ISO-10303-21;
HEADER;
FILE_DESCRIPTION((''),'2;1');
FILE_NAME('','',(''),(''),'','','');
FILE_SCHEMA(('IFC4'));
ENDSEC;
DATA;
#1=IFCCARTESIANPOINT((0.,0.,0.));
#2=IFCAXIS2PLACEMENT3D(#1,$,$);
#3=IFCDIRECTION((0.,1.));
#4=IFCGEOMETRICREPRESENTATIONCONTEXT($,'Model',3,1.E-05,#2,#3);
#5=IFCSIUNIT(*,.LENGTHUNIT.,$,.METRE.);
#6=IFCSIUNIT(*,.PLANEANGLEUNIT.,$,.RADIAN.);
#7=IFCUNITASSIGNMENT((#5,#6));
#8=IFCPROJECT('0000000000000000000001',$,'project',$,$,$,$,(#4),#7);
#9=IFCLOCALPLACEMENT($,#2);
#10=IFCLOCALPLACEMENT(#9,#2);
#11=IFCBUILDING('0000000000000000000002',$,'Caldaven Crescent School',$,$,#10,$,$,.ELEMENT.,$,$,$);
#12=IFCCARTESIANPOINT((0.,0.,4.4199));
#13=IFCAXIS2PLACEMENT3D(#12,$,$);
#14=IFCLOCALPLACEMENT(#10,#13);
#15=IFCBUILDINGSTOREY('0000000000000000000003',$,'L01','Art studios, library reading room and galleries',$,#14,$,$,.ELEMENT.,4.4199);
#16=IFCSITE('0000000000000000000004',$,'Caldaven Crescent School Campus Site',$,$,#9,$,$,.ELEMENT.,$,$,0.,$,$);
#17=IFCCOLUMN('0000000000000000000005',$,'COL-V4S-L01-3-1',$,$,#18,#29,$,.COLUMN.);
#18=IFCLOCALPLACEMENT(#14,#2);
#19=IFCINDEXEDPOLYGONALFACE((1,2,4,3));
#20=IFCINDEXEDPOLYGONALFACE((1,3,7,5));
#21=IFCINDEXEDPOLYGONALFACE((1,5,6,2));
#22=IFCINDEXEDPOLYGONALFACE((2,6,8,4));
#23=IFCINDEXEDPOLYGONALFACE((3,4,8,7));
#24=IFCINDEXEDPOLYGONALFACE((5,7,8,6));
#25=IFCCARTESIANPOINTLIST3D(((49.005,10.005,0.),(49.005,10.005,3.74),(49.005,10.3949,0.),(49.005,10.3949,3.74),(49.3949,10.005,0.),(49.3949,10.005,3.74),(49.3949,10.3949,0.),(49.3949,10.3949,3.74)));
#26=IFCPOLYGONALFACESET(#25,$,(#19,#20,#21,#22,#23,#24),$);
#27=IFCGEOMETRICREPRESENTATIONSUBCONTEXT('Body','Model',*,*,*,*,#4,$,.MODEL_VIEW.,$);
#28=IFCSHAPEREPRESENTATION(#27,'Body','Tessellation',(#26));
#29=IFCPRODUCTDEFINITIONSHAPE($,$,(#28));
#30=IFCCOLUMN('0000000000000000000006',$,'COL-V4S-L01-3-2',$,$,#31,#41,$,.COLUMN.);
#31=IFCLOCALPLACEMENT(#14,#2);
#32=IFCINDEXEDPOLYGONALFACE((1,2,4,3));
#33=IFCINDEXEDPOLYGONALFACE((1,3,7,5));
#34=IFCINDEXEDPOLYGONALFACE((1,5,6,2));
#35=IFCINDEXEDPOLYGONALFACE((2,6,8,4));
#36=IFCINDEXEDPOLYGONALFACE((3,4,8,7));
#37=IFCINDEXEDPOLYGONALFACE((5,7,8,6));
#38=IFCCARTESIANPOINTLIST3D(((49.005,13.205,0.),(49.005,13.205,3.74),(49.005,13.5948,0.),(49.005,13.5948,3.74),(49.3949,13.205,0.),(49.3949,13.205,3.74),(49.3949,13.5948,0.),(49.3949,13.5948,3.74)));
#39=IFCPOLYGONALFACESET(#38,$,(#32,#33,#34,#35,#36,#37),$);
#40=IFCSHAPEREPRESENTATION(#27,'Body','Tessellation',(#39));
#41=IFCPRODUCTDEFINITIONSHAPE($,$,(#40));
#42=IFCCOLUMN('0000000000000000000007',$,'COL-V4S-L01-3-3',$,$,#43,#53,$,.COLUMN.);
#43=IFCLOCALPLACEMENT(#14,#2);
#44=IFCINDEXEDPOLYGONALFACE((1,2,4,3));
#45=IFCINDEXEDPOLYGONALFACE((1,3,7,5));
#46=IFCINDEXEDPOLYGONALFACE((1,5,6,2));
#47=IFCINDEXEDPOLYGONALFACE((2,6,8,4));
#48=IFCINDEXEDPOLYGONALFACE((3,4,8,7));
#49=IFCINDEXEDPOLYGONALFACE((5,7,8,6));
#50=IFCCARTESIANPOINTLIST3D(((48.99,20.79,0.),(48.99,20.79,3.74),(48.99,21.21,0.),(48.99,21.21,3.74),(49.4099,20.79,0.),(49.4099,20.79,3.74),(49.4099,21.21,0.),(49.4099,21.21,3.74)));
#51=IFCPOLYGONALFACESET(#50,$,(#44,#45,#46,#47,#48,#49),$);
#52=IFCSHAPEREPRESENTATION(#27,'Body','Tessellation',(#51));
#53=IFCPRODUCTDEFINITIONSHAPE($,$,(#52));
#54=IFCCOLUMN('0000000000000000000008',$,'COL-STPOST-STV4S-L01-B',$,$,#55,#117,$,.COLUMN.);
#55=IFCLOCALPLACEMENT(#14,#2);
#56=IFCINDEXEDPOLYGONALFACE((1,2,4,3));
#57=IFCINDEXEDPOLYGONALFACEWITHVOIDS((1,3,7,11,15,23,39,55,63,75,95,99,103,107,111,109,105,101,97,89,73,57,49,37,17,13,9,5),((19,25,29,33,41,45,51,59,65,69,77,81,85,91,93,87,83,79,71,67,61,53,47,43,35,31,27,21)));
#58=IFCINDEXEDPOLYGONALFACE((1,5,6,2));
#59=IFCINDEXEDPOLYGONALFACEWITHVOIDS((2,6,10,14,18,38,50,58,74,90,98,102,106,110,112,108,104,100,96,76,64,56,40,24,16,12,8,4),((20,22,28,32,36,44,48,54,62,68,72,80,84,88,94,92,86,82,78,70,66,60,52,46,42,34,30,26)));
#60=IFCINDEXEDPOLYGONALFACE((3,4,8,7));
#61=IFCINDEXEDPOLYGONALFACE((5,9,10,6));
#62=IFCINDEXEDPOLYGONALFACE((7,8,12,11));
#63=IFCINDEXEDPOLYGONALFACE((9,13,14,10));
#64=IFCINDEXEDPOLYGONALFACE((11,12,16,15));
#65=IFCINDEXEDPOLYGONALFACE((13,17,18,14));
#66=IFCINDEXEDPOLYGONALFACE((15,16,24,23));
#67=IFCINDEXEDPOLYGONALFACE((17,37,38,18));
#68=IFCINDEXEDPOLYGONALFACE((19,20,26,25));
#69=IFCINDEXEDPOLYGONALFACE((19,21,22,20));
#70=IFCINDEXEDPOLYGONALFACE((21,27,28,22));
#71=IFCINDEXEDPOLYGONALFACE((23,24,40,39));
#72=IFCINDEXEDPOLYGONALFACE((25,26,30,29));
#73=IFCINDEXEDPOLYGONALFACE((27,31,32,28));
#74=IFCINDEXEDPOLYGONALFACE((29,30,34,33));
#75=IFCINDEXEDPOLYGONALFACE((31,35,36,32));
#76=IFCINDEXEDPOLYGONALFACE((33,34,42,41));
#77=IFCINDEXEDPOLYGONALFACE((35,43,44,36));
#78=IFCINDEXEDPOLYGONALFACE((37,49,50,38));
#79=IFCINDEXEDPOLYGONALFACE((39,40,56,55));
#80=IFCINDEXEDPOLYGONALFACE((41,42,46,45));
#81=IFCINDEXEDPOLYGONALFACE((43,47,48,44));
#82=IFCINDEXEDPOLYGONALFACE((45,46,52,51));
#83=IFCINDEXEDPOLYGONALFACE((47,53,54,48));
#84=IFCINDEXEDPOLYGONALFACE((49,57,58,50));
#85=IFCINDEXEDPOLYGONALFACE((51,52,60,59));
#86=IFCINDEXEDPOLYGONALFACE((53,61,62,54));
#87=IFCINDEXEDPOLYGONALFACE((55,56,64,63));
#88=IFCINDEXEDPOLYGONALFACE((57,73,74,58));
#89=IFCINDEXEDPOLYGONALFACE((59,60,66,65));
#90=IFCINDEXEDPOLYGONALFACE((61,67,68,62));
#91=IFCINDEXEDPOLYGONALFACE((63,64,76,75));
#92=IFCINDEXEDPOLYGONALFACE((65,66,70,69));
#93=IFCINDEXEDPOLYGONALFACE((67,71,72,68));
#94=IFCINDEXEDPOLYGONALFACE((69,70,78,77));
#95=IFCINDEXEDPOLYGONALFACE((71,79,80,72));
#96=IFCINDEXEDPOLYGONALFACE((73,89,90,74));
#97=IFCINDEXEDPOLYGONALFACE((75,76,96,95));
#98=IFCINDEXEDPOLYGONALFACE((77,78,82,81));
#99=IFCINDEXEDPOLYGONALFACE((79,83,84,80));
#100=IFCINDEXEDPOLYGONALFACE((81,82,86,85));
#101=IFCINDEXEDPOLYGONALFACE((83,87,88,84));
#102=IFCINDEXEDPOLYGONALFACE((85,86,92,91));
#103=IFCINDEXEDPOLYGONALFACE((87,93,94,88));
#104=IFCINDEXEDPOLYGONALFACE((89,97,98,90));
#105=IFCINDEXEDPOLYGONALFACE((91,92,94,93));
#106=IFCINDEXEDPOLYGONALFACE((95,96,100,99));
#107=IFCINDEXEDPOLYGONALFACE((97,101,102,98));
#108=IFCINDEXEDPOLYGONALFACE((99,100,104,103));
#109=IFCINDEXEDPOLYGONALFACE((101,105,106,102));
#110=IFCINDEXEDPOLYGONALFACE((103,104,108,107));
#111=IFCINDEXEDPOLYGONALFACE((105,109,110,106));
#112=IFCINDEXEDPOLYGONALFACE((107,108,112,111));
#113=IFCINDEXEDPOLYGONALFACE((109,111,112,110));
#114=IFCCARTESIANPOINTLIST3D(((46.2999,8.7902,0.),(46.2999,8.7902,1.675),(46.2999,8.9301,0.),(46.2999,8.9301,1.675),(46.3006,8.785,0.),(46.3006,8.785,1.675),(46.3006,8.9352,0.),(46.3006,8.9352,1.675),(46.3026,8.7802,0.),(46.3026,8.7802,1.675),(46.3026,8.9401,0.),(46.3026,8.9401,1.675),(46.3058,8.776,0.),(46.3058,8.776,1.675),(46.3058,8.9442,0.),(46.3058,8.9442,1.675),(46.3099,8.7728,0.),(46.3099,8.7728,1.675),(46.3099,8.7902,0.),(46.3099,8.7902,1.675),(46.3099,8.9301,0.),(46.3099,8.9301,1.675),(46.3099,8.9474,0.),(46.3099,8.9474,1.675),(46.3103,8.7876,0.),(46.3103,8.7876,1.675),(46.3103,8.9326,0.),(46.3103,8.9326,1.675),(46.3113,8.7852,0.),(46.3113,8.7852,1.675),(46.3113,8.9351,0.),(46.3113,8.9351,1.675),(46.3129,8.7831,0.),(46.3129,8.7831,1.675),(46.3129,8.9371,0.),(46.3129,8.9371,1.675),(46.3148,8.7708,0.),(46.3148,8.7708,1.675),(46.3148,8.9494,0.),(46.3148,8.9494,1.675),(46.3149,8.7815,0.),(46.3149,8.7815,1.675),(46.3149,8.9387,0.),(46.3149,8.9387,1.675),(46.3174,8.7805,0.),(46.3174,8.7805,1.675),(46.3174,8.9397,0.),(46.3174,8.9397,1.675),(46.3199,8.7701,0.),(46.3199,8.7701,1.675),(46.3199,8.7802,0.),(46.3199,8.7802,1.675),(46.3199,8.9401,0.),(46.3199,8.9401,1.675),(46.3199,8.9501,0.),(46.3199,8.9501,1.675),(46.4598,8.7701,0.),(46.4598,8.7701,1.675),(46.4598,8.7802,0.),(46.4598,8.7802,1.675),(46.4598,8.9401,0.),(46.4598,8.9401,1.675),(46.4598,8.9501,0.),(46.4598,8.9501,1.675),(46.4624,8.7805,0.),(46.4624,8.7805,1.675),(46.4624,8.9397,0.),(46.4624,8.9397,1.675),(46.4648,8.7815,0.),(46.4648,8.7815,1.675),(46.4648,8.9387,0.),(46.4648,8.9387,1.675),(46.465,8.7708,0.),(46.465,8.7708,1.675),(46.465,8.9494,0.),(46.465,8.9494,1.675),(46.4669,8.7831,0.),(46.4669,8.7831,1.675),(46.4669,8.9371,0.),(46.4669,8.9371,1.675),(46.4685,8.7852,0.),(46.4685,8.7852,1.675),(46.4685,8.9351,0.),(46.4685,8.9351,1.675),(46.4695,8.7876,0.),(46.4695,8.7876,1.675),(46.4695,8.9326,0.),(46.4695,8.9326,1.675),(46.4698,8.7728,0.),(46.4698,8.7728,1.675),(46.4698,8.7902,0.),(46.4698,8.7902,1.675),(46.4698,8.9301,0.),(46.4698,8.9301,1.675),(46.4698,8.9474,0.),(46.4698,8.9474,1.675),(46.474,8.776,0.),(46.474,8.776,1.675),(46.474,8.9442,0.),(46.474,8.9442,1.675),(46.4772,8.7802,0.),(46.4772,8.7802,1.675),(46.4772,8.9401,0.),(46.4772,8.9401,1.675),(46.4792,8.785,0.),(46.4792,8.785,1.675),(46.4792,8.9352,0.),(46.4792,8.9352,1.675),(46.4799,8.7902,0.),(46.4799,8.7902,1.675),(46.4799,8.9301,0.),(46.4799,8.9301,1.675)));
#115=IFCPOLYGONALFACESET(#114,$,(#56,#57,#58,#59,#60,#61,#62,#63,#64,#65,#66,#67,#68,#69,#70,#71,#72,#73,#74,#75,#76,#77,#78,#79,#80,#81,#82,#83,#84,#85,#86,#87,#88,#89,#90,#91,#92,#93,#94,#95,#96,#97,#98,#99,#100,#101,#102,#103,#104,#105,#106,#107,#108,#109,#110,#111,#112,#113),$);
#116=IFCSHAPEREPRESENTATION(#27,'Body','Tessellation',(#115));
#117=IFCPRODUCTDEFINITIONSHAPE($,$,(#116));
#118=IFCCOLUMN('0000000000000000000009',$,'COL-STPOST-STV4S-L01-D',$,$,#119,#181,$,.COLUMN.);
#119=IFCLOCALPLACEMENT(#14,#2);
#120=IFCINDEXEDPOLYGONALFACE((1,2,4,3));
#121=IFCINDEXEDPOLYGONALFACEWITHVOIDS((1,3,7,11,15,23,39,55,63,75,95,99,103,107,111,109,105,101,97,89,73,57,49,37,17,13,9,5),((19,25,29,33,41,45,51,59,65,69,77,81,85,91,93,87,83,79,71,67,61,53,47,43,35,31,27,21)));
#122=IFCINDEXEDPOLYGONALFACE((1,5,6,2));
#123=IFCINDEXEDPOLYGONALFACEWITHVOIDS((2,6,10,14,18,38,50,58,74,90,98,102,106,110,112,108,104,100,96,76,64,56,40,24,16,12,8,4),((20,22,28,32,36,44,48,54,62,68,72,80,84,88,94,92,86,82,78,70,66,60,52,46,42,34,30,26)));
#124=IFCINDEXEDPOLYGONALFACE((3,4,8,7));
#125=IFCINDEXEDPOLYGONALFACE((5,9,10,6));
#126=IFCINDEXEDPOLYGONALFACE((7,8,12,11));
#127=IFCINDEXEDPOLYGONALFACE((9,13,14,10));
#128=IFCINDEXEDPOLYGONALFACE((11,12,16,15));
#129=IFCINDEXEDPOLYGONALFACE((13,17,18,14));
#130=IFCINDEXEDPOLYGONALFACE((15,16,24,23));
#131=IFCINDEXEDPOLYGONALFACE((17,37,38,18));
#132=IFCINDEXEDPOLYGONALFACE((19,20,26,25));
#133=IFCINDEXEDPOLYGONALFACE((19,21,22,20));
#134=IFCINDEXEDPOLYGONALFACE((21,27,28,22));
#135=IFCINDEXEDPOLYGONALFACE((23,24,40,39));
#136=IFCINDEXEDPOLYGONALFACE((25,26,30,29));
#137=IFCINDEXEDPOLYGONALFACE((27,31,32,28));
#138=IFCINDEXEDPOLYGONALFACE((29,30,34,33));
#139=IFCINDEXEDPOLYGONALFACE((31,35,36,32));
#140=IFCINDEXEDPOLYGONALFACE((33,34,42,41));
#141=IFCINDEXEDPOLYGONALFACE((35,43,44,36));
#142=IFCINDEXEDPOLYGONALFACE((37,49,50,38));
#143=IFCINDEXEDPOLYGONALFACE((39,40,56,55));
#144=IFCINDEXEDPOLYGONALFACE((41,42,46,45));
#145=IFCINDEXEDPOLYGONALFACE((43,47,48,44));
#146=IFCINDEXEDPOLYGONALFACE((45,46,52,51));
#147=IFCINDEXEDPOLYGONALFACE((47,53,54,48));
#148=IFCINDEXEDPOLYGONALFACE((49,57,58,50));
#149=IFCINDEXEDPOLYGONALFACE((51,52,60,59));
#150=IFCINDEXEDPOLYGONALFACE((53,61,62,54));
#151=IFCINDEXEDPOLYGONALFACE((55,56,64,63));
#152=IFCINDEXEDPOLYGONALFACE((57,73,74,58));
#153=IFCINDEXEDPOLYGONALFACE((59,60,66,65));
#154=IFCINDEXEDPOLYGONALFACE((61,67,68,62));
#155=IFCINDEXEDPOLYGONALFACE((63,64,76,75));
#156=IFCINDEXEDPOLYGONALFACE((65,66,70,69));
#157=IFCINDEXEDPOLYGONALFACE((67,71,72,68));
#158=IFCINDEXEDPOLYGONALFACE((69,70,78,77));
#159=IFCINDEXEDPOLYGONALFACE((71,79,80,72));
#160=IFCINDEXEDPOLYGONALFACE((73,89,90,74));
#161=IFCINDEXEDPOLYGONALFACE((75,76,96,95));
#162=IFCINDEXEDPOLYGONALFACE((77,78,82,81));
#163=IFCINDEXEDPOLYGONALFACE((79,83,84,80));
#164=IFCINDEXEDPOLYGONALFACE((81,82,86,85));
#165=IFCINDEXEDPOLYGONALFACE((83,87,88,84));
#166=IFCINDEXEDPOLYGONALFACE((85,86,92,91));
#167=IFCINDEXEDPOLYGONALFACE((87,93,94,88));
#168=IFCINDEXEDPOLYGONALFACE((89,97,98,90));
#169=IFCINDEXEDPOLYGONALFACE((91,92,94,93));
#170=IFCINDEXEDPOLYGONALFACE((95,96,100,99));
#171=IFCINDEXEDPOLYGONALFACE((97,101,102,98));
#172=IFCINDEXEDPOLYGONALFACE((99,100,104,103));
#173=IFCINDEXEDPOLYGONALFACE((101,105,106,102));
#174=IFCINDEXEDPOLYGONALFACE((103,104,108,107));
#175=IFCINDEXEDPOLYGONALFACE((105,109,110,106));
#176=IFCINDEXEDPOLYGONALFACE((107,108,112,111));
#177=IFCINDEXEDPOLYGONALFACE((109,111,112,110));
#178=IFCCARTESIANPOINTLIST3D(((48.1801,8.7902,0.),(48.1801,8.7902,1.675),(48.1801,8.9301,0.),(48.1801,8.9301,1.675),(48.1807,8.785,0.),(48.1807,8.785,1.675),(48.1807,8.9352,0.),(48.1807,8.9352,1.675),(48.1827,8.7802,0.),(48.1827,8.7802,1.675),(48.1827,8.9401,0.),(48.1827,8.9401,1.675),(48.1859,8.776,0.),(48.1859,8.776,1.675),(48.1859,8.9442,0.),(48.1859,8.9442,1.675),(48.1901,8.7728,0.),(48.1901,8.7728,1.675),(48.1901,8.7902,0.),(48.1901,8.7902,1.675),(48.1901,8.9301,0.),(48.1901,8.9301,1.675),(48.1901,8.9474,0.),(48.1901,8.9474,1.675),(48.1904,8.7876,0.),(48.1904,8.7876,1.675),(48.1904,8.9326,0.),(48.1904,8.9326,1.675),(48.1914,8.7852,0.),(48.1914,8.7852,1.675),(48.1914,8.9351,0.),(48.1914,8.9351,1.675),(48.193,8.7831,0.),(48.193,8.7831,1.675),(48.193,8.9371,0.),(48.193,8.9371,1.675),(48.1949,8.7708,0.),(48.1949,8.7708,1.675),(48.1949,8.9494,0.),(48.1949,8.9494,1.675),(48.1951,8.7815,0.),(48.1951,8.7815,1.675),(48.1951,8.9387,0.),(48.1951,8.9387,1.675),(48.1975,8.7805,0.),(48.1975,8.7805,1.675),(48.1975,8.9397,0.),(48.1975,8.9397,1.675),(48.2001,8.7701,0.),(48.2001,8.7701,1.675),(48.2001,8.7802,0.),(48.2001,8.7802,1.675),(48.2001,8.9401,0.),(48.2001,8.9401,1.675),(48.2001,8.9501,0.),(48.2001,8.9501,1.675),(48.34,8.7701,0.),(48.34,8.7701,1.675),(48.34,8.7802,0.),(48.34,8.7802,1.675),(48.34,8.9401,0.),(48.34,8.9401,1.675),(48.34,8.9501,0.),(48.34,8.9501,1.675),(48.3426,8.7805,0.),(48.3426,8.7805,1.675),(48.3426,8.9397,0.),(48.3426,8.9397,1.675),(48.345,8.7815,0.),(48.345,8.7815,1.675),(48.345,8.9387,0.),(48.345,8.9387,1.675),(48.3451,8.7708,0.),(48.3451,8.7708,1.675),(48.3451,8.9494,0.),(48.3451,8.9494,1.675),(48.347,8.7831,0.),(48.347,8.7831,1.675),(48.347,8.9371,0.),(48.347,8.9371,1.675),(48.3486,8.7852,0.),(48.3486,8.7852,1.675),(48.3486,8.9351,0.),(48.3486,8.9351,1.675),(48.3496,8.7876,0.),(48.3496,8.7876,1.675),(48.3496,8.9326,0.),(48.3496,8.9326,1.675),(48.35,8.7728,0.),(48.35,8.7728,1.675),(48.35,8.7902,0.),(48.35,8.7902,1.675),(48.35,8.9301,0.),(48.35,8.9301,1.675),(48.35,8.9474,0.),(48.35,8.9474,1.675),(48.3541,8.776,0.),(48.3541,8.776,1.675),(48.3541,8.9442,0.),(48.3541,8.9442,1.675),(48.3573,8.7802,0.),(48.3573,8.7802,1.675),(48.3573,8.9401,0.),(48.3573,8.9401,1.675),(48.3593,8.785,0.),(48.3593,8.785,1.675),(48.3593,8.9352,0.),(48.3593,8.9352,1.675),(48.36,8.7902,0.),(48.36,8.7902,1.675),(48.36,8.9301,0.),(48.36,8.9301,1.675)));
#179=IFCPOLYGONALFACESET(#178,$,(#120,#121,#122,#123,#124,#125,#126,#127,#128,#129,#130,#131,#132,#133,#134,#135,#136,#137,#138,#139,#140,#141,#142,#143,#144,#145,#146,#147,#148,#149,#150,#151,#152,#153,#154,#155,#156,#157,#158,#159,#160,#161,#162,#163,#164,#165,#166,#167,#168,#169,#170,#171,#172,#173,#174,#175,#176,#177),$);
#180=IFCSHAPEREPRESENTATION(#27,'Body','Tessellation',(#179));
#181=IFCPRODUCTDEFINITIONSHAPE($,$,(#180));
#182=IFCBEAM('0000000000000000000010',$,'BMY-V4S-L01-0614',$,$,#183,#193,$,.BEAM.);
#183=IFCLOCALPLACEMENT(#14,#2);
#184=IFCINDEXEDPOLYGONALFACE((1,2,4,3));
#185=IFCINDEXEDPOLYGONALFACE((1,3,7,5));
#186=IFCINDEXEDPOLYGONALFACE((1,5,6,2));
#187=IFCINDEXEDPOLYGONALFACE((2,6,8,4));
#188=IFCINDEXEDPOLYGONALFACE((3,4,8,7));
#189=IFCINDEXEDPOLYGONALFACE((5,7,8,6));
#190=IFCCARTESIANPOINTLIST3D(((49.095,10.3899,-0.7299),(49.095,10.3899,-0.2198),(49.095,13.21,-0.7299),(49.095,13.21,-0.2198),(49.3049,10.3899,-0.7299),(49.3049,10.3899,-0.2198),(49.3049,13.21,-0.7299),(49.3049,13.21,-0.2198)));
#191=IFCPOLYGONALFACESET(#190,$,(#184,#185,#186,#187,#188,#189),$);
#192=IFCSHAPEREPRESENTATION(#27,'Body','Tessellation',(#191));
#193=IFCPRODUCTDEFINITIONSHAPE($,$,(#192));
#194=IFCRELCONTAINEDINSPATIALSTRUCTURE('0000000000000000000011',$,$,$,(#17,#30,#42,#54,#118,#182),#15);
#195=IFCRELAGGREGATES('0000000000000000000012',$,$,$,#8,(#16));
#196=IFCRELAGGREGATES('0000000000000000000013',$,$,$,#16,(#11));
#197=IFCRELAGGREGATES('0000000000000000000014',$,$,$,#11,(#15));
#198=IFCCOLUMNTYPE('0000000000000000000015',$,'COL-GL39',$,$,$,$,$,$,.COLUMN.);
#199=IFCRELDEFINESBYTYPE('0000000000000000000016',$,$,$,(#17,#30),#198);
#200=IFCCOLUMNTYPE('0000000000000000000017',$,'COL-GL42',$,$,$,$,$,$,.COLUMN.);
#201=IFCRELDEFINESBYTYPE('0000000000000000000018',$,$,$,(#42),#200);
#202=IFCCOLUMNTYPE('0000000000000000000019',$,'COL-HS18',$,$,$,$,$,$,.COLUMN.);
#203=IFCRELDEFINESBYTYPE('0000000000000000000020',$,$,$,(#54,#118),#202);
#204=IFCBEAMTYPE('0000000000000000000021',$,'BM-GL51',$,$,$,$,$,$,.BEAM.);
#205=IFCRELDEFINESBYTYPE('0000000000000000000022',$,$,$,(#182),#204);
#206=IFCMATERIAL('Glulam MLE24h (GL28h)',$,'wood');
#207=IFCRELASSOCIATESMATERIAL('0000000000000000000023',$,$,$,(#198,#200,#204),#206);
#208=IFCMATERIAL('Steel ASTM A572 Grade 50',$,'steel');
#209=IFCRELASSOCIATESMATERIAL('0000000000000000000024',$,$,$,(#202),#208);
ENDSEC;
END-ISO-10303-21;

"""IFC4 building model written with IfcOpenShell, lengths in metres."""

from ifc_helpers import new_model, si_unit, direction, frame, origin, origin_2d, place, context, subcontext, project, spatial, rectangle, hollow_rectangle, extrude, material, material_profile, profile_set, type_object, element, save


model = new_model("IFC4")

# Units and contexts
model_context = context("Model", 3, precision=1e-05, world=origin(), true_north=direction((0.0, 1.0)))
body_context = subcontext(model_context, "Body", "Model", "MODEL_VIEW")
ifc_project = project(units=[si_unit("LENGTHUNIT", "METRE"), si_unit("PLANEANGLEUNIT", "RADIAN")], contexts=[model_context])

# Site, building, storey
site_placement = place(None, origin())
site = spatial("IfcSite", under=ifc_project, at=site_placement, Name="Caldaven Crescent School Campus Site", CompositionType="ELEMENT", RefElevation=0.0)
building_placement = place(site_placement, origin())
building = spatial("IfcBuilding", under=site, at=building_placement, Name="Caldaven Crescent School", CompositionType="ELEMENT")
storey_placement = place(building_placement, frame((0.0, 0.0, 4.4199)))
storey = spatial("IfcBuildingStorey", under=building, at=storey_placement, Name="L01", Description="Art studios, library reading room and galleries", CompositionType="ELEMENT", Elevation=4.4199)

# Columns
ifc_material_1 = material(Name="Glulam MLE24h (GL28h)", Category="wood")
ifc_material_profile_1 = material_profile(ifc_material_1, rectangle(XDim=0.3899, YDim=0.3899, at=origin_2d()), Name="MLE 390x390")
ifc_profile_set_1 = profile_set([ifc_material_profile_1], Name="Glulam MLE24h (GL28h)")
column_type_1 = type_object("IfcColumnType", Name="COL-GL39", PredefinedType="COLUMN", material=ifc_profile_set_1)
for number, where, z_axis, x_axis, name in (
    (1, (49.2, 10.2, 0.0), (0.0, 0.0, 1.0), (1.0, 0.0, 0.0), "COL-V4S-L01-3-1"),
    (2, (49.2, 13.3999, 0.0), (0.0, 0.0, 1.0), (1.0, 0.0, 0.0), "COL-V4S-L01-3-2"),
):
    element("IfcColumn", number, at=place(storey_placement, frame(where, z_axis=z_axis, x_axis=x_axis)), inside=storey, type_object=column_type_1, Name=name, PredefinedType="COLUMN", context=body_context, shape_type="SweptSolid", body=[
        extrude(rectangle(XDim=0.3899, YDim=0.3899, at=origin_2d()), origin(), (0.0, 0.0, 1.0), 3.74),
    ])
ifc_material_profile_2 = material_profile(ifc_material_1, rectangle(XDim=0.4199, YDim=0.4199, at=origin_2d()), Name="MLE 420x420")
ifc_profile_set_2 = profile_set([ifc_material_profile_2], Name="Glulam MLE24h (GL28h)")
column_type_2 = type_object("IfcColumnType", Name="COL-GL42", PredefinedType="COLUMN", material=ifc_profile_set_2)
column_placement = place(storey_placement, frame((49.2, 21.0, 0.0), z_axis=(0.0, 0.0, 1.0), x_axis=(1.0, 0.0, 0.0)))
element("IfcColumn", 3, at=column_placement, inside=storey, type_object=column_type_2, Name="COL-V4S-L01-3-3", PredefinedType="COLUMN", context=body_context, shape_type="SweptSolid", body=[
    extrude(rectangle(XDim=0.4199, YDim=0.4199, at=origin_2d()), origin(), (0.0, 0.0, 1.0), 3.74),
])
ifc_material_2 = material(Name="Steel ASTM A572 Grade 50", Category="steel")
ifc_material_profile_3 = material_profile(ifc_material_2, hollow_rectangle(XDim=0.1799, YDim=0.1799, WallThickness=0.01, InnerFilletRadius=0.01, OuterFilletRadius=0.02, at=origin_2d()), Name="HSS 180x180x10")
ifc_profile_set_3 = profile_set([ifc_material_profile_3], Name="Steel ASTM A572 Grade 50")
column_type_3 = type_object("IfcColumnType", Name="COL-HS18", PredefinedType="COLUMN", material=ifc_profile_set_3)
for number, where, z_axis, x_axis, name in (
    (4, (46.3899, 8.8601, 0.0), (0.0, 0.0, 1.0), (1.0, 0.0, 0.0), "COL-STPOST-STV4S-L01-B"),
    (5, (48.27, 8.8601, 0.0), (0.0, 0.0, 1.0), (1.0, 0.0, 0.0), "COL-STPOST-STV4S-L01-D"),
):
    element("IfcColumn", number, at=place(storey_placement, frame(where, z_axis=z_axis, x_axis=x_axis)), inside=storey, type_object=column_type_3, Name=name, PredefinedType="COLUMN", context=body_context, shape_type="SweptSolid", body=[
        extrude(hollow_rectangle(XDim=0.1799, YDim=0.1799, WallThickness=0.01, InnerFilletRadius=0.01, OuterFilletRadius=0.02, at=origin_2d()), origin(), (0.0, 0.0, 1.0), 1.675),
    ])

# Beam
ifc_material_profile_4 = material_profile(ifc_material_1, rectangle(XDim=0.21, YDim=0.51, at=origin_2d()), Name="MLE 210x510")
ifc_profile_set_4 = profile_set([ifc_material_profile_4], Name="Glulam MLE24h (GL28h)")
beam_type_1 = type_object("IfcBeamType", Name="BM-GL51", PredefinedType="BEAM", material=ifc_profile_set_4)
beam_1_placement = place(storey_placement, frame((49.2, 10.3899, -0.4749), z_axis=(0.0, 1.0, 0.0), x_axis=(-1.0, 0.0, 0.0)))
element("IfcBeam", 6, at=beam_1_placement, inside=storey, type_object=beam_type_1, Name="BMY-V4S-L01-0614", PredefinedType="BEAM", context=body_context, shape_type="SweptSolid", body=[
    extrude(rectangle(XDim=0.21, YDim=0.51, at=origin_2d()), origin(), (0.0, 0.0, 1.0), 2.8201),
])

save(model, "model.ifc")
